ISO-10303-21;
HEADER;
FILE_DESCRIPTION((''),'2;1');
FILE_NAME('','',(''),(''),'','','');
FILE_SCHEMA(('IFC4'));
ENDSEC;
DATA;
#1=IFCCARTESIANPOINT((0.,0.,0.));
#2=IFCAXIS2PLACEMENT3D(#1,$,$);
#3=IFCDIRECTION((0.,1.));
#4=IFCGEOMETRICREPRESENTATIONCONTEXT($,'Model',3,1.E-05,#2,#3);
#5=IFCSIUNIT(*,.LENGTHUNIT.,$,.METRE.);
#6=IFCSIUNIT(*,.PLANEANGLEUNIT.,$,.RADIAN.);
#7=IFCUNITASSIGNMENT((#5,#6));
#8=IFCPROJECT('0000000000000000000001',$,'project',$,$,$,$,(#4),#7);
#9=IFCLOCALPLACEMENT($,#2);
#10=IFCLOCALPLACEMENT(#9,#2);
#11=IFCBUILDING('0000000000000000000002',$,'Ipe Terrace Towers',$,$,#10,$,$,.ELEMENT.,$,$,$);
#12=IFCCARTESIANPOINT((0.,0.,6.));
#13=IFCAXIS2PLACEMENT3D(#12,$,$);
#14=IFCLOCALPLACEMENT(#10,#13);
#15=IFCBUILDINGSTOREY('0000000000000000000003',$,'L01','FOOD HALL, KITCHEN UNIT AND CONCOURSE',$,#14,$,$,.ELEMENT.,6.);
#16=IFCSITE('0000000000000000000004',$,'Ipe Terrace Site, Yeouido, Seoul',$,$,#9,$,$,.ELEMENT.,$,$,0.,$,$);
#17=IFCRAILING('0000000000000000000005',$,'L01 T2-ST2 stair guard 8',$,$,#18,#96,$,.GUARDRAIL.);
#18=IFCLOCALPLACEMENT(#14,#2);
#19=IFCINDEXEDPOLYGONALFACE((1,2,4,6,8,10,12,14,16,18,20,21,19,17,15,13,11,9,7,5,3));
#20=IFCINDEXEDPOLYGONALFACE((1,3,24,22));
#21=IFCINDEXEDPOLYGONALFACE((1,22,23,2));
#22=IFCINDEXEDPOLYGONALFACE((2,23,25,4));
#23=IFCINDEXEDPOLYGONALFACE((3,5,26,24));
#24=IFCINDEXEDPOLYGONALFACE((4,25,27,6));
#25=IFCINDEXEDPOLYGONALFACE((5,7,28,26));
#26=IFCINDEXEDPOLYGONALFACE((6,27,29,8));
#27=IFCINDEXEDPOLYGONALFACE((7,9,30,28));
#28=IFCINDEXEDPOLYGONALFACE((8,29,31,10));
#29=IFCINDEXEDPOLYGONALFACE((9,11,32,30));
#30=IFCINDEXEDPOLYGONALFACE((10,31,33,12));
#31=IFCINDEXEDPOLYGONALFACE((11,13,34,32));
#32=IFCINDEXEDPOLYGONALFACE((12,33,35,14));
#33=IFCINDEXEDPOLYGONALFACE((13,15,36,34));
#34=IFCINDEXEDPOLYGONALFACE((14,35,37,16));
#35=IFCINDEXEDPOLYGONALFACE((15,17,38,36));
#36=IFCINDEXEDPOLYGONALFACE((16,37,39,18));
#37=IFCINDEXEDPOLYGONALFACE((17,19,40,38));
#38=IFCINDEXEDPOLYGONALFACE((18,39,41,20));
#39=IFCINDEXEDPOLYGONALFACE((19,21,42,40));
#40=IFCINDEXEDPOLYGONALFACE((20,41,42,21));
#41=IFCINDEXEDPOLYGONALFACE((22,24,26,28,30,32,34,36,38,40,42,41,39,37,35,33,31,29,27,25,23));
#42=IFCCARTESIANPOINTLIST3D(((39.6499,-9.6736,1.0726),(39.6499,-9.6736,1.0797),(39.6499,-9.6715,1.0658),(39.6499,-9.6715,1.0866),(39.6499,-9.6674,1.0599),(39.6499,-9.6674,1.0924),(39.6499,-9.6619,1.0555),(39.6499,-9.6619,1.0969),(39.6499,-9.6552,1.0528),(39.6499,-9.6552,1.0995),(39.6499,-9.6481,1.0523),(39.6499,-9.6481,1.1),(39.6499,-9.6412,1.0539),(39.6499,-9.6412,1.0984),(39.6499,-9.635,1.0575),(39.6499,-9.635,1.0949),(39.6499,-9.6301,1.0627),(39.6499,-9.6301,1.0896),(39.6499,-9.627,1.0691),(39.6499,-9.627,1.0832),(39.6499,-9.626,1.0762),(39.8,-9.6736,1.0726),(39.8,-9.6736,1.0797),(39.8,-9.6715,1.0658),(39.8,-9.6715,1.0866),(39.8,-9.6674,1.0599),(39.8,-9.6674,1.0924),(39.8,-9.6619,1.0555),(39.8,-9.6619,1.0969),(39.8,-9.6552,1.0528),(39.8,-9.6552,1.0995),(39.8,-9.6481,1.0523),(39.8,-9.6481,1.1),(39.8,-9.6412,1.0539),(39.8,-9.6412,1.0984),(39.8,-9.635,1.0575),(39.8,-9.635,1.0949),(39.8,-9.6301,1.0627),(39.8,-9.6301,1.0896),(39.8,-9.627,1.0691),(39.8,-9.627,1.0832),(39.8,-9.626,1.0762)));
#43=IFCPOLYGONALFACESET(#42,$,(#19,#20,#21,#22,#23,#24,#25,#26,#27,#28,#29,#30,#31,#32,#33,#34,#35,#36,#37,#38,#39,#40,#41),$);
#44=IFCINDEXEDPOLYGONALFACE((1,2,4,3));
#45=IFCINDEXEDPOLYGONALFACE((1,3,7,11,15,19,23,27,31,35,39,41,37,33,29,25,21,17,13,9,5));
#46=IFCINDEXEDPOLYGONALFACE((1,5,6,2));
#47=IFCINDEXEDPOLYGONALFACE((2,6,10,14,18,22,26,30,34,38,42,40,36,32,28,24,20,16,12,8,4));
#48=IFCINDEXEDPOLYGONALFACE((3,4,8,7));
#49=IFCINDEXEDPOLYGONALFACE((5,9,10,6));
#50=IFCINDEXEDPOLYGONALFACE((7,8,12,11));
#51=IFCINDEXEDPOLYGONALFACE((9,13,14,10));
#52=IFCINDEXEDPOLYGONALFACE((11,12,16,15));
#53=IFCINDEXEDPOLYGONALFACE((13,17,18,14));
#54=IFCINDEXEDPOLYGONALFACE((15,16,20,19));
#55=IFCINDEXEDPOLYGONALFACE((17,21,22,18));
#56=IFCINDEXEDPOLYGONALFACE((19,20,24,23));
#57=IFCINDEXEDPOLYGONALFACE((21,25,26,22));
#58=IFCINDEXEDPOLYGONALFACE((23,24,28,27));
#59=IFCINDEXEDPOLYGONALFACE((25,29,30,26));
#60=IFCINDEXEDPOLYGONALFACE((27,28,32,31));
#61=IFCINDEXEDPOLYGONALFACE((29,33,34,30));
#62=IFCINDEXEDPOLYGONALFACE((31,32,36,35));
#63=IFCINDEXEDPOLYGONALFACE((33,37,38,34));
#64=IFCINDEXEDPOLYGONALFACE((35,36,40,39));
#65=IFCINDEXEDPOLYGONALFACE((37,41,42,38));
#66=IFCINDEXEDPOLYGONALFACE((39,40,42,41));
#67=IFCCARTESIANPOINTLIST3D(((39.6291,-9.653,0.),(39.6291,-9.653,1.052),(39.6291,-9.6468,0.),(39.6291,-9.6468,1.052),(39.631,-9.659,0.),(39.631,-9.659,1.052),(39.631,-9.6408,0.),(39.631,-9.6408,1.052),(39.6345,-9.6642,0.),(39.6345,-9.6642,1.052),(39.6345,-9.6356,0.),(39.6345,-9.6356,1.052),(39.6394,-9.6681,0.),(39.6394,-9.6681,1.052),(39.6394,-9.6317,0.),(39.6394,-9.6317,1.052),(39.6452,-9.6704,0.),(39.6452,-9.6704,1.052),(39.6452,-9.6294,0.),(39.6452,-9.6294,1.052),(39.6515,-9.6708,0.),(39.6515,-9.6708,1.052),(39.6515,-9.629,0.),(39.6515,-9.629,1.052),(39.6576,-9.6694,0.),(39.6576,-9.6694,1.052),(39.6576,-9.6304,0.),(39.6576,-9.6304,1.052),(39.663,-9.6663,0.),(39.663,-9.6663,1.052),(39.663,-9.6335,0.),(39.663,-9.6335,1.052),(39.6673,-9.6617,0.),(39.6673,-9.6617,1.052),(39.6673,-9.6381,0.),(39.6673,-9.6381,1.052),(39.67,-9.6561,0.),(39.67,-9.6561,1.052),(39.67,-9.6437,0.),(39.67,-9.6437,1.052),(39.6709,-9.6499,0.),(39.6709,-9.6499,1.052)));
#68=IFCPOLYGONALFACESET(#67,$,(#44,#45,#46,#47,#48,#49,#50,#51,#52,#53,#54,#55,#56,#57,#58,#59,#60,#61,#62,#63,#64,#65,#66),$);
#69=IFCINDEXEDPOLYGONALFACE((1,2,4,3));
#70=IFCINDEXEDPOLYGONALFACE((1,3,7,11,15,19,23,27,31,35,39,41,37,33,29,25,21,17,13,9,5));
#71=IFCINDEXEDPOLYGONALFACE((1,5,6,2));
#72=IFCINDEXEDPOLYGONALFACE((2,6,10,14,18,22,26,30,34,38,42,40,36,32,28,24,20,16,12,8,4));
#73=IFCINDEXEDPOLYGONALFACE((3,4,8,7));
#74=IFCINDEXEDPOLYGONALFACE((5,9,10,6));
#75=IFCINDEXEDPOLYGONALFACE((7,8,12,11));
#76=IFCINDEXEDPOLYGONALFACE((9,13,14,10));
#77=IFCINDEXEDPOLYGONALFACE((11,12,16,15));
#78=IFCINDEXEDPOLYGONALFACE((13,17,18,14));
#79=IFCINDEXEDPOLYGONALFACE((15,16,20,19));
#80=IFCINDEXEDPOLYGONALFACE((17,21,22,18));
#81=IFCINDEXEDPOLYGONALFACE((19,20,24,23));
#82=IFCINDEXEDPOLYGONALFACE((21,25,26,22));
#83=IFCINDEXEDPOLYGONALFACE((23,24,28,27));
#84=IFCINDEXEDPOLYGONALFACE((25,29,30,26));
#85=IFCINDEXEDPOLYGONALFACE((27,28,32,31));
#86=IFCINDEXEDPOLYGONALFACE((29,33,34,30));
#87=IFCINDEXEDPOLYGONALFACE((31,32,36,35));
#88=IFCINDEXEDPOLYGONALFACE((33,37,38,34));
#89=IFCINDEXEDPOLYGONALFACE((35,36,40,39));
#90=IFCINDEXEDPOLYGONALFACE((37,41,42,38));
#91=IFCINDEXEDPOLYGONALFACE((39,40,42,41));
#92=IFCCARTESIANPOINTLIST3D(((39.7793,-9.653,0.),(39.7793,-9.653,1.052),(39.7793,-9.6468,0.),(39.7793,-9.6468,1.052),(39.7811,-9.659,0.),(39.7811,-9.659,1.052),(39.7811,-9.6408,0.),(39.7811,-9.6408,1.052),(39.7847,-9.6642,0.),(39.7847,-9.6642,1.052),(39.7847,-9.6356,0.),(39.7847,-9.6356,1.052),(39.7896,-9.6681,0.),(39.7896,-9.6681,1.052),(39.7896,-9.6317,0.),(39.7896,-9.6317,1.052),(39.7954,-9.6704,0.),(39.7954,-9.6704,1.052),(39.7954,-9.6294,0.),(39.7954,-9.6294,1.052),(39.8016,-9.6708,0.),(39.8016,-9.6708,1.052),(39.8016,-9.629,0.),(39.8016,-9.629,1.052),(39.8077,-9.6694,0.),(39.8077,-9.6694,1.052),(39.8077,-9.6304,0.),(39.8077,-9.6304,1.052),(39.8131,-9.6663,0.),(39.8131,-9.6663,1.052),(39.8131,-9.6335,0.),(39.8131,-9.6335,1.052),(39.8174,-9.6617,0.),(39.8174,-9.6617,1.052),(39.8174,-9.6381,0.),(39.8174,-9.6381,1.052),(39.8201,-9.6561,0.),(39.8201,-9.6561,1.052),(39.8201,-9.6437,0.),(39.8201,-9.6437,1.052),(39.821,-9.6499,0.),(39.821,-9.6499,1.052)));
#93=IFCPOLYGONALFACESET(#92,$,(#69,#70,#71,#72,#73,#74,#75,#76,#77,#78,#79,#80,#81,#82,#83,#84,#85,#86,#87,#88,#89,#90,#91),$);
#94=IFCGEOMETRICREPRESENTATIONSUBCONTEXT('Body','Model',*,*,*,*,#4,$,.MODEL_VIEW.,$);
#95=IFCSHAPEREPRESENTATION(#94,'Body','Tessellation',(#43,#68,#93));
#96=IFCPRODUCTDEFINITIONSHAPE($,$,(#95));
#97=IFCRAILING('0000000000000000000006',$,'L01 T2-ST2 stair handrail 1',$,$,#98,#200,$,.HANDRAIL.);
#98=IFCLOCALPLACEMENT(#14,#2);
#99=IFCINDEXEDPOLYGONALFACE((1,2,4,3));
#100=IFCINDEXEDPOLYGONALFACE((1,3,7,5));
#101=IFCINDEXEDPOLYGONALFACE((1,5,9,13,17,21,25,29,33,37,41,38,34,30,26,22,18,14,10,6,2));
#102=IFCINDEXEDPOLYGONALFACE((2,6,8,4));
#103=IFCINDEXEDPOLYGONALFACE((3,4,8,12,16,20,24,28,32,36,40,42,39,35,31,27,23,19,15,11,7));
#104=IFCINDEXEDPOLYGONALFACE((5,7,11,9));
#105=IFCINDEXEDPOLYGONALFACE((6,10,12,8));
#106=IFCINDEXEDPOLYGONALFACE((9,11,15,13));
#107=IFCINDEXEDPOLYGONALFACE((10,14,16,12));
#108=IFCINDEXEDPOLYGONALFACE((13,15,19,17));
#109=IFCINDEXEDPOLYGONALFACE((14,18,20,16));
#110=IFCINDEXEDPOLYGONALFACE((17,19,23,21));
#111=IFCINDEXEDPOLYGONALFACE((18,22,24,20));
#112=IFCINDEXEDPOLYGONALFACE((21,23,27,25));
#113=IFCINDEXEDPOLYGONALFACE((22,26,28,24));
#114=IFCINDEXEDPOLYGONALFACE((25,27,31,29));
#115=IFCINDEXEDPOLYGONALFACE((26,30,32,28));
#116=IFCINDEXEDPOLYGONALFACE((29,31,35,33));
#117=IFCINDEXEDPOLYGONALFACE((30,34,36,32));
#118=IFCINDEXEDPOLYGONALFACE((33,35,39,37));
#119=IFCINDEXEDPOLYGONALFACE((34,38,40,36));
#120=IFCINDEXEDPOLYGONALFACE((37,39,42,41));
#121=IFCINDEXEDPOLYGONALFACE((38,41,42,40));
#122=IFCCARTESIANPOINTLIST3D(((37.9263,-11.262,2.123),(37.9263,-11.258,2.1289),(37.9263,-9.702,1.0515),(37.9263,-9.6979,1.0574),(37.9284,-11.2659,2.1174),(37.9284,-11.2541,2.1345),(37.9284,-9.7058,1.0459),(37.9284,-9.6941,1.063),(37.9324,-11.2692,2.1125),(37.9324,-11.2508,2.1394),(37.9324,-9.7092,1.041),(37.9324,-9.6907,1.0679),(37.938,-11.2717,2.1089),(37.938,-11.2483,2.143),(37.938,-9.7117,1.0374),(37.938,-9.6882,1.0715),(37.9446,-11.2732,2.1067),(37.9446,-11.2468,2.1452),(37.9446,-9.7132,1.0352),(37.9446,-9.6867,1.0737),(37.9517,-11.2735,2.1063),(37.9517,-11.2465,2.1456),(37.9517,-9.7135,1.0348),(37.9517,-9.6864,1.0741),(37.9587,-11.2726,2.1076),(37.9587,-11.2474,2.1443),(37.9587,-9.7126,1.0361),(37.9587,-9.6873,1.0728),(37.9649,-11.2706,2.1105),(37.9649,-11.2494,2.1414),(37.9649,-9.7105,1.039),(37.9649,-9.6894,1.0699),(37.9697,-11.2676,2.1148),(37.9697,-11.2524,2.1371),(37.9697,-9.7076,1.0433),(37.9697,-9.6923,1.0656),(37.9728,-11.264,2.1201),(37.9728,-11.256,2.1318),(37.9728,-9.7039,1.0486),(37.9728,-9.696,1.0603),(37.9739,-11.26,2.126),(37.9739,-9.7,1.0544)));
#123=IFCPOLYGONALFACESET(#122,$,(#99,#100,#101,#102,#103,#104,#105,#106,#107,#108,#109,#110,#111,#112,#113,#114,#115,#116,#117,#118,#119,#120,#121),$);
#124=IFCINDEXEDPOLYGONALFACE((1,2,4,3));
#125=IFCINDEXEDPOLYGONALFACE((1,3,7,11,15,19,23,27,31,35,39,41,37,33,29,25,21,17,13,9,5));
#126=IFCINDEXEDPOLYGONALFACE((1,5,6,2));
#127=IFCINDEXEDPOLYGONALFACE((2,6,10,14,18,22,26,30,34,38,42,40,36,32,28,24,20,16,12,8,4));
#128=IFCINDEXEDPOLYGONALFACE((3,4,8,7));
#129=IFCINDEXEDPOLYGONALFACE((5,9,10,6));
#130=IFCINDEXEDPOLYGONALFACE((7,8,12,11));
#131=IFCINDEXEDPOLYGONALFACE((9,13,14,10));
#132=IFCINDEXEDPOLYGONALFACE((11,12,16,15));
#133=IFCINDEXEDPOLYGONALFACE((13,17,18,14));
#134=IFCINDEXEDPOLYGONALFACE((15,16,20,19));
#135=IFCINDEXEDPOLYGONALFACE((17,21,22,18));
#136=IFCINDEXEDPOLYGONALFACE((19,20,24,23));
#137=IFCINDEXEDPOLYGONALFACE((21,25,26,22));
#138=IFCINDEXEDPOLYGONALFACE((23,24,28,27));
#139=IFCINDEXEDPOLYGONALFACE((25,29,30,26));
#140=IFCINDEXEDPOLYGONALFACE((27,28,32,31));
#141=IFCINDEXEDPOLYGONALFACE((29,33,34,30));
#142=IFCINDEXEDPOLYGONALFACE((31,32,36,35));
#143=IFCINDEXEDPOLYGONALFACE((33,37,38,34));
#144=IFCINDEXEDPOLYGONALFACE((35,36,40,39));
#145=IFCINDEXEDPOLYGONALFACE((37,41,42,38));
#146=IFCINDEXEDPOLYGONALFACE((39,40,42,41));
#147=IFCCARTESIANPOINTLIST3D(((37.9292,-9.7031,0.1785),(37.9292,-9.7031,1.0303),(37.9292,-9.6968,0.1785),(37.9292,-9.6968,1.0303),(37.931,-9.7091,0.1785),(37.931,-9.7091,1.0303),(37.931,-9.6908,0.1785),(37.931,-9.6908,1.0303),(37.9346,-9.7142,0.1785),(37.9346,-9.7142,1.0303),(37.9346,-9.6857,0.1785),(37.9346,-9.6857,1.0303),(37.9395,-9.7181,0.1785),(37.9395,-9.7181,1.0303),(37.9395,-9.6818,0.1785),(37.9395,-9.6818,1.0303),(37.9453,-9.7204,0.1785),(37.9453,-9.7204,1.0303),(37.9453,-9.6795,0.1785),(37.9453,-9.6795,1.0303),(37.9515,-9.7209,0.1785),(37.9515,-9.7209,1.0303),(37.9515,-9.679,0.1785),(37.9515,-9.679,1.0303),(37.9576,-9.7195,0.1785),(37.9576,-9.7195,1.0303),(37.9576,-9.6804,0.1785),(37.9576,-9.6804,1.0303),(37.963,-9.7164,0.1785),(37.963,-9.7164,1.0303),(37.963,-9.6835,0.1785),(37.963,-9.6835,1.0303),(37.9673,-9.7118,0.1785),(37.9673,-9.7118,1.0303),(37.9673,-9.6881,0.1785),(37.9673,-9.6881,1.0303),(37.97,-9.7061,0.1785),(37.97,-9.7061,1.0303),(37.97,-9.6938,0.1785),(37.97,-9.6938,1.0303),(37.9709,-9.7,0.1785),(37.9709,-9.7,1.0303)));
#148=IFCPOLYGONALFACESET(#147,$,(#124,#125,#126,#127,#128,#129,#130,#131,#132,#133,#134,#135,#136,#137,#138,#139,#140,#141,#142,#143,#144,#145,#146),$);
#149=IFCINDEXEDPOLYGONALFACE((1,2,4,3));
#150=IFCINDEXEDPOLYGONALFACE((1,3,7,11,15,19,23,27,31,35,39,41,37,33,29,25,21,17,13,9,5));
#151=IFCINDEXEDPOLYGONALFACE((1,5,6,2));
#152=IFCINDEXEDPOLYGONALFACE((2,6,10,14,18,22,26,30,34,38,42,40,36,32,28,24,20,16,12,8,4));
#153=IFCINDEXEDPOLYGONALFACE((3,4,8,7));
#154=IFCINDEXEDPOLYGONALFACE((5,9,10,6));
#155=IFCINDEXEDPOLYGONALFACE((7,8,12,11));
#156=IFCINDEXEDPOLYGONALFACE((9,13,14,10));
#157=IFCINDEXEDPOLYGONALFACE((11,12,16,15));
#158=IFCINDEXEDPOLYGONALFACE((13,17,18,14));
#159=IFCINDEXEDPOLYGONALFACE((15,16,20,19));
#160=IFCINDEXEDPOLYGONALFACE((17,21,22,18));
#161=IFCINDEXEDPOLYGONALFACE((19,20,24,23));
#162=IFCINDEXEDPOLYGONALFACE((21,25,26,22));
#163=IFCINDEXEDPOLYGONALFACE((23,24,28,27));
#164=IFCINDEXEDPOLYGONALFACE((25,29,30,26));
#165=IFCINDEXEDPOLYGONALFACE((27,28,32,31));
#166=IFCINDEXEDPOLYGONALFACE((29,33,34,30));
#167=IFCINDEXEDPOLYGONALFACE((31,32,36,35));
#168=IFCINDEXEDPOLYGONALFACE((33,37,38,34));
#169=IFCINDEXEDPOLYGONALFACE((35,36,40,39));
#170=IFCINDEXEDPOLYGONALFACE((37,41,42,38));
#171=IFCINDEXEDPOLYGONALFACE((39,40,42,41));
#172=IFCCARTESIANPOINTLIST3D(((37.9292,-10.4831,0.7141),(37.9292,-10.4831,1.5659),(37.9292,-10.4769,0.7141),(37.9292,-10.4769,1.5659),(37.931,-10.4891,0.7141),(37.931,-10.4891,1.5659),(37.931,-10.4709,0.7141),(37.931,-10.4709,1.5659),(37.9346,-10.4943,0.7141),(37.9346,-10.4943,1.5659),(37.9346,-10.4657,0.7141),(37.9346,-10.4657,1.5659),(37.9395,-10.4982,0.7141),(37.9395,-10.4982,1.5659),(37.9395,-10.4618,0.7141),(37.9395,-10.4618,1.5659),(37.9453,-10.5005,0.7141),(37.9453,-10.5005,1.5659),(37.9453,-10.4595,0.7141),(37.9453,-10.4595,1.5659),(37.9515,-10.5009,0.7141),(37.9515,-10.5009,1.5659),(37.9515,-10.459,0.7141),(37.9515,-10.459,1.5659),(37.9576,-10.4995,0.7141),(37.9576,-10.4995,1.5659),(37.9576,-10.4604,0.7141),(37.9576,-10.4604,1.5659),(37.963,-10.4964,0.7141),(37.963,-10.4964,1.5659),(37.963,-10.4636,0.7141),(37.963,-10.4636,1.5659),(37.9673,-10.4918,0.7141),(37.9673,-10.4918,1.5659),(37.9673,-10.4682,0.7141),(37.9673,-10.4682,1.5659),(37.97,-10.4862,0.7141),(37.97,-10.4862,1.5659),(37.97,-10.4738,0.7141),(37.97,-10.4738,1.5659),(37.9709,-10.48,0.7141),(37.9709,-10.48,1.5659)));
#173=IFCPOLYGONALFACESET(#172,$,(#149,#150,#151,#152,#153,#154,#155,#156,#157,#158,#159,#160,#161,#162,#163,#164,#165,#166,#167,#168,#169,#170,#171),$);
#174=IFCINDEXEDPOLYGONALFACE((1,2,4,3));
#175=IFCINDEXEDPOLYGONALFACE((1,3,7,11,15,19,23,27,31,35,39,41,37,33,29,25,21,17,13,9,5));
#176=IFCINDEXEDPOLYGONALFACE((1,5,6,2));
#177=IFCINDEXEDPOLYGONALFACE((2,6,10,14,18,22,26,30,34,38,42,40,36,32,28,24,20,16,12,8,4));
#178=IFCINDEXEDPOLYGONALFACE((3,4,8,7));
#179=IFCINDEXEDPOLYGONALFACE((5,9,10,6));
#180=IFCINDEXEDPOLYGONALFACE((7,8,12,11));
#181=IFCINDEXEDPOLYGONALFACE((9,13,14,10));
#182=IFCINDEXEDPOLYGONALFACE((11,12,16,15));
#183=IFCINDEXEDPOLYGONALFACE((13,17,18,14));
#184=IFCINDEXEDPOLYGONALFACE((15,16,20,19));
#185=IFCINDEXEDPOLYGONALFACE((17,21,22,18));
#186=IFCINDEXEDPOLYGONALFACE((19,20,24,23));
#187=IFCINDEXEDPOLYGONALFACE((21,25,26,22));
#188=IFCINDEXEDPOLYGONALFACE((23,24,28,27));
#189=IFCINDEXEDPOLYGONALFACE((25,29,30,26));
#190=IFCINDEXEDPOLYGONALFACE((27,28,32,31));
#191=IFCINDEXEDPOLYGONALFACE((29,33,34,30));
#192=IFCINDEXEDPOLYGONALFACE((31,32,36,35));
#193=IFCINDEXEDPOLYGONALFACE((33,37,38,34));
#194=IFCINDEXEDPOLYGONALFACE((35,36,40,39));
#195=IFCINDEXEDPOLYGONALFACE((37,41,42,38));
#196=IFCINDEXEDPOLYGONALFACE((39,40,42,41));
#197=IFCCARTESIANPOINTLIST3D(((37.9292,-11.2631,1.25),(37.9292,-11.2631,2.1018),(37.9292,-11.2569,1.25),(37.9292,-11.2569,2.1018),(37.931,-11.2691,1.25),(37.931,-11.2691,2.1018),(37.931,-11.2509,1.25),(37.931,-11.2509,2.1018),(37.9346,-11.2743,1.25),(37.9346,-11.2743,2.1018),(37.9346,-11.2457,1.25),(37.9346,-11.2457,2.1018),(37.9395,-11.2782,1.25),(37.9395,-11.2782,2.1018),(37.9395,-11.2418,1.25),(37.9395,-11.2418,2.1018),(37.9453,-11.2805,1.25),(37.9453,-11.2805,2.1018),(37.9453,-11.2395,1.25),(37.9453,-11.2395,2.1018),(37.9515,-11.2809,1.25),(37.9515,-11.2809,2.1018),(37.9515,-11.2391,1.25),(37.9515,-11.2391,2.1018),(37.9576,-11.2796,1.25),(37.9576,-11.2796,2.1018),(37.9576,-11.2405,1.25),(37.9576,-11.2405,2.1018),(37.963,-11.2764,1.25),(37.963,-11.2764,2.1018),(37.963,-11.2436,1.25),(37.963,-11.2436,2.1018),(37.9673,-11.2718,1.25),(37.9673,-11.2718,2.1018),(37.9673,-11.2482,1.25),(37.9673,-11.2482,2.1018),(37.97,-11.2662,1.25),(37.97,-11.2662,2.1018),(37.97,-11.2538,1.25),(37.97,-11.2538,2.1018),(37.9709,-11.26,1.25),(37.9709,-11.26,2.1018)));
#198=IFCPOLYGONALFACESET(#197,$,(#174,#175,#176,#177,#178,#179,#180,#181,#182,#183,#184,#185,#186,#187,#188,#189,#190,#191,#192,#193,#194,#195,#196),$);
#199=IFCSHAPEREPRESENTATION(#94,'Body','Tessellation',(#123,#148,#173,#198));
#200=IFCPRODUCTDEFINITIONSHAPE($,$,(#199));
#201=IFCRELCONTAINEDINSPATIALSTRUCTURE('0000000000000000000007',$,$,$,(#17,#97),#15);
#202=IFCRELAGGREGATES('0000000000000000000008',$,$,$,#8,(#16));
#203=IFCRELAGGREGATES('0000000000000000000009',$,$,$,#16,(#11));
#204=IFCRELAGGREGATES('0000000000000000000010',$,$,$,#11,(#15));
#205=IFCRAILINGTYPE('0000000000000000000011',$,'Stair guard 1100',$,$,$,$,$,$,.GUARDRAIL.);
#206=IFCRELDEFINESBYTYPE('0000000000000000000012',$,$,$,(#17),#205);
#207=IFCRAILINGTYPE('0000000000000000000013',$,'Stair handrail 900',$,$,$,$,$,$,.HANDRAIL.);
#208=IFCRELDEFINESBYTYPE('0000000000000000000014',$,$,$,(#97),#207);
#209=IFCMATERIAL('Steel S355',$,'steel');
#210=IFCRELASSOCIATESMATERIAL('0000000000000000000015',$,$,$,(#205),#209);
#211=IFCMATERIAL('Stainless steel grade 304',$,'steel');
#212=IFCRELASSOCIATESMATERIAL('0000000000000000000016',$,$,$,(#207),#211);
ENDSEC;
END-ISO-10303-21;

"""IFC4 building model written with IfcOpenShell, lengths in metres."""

from ifc_helpers import new_model, si_unit, direction, frame, origin, origin_2d, place, context, subcontext, project, spatial, circle, extrude, material, type_object, element, save


model = new_model("IFC4")

# Units and contexts
model_context = context("Model", 3, precision=1e-05, world=origin(), true_north=direction((0.0, 1.0)))
body_context = subcontext(model_context, "Body", "Model", "MODEL_VIEW")
ifc_project = project(units=[si_unit("LENGTHUNIT", "METRE"), si_unit("PLANEANGLEUNIT", "RADIAN")], contexts=[model_context])

# Site, building, storey
site_placement = place(None, origin())
site = spatial("IfcSite", under=ifc_project, at=site_placement, Name="Ipe Terrace Site, Yeouido, Seoul", CompositionType="ELEMENT", RefElevation=0.0)
building_placement = place(site_placement, origin())
building = spatial("IfcBuilding", under=site, at=building_placement, Name="Ipe Terrace Towers", CompositionType="ELEMENT")
storey_placement = place(building_placement, frame((0.0, 0.0, 6.0)))
storey = spatial("IfcBuildingStorey", under=building, at=storey_placement, Name="L01", Description="FOOD HALL, KITCHEN UNIT AND CONCOURSE", CompositionType="ELEMENT", Elevation=6.0)

# Railings
ifc_material_1 = material(Name="Steel S355", Category="steel")
railing_type_1 = type_object("IfcRailingType", Name="Stair guard 1100", PredefinedType="GUARDRAIL", material=ifc_material_1)
railing_1_placement = place(storey_placement, frame((39.6499, -9.6499, 0.0)))
element("IfcRailing", 1, at=railing_1_placement, inside=storey, type_object=railing_type_1, Name="L01 T2-ST2 stair guard 8", PredefinedType="GUARDRAIL", context=body_context, shape_type="SweptSolid", body=[
    extrude(circle(Radius=0.0239, at=origin_2d()), frame((0.0, 0.0, 1.0762), z_axis=(1.0, 0.0, 0.0), x_axis=(0.0, 1.0, 0.0)), (0.0, 0.0, 1.0), 0.1501),
    extrude(circle(Radius=0.021, at=origin_2d()), origin(), (0.0, 0.0, 1.0), 1.052),
    extrude(circle(Radius=0.021, at=origin_2d()), frame((0.1501, 0.0, 0.0)), (0.0, 0.0, 1.0), 1.052),
])
ifc_material_2 = material(Name="Stainless steel grade 304", Category="steel")
railing_type_2 = type_object("IfcRailingType", Name="Stair handrail 900", PredefinedType="HANDRAIL", material=ifc_material_2)
railing_2_placement = place(storey_placement, frame((37.95, -9.7, 0.1785)))
element("IfcRailing", 2, at=railing_2_placement, inside=storey, type_object=railing_type_2, Name="L01 T2-ST2 stair handrail 1", PredefinedType="HANDRAIL", context=body_context, shape_type="SweptSolid", body=[
    extrude(circle(Radius=0.0239, at=origin_2d()), frame((0.0, 0.0, 0.876), z_axis=(0.0, -0.82429, 0.566167), x_axis=(1.0, 0.0, 0.0)), (0.0, 0.0, 1.0), 1.8926),
    extrude(circle(Radius=0.021, at=origin_2d()), origin(), (0.0, 0.0, 1.0), 0.8518),
    extrude(circle(Radius=0.021, at=origin_2d()), frame((0.0, -0.78, 0.5356)), (0.0, 0.0, 1.0), 0.8518),
    extrude(circle(Radius=0.021, at=origin_2d()), frame((0.0, -1.5601, 1.0715)), (0.0, 0.0, 1.0), 0.8518),
])

save(model, "model.ifc")
